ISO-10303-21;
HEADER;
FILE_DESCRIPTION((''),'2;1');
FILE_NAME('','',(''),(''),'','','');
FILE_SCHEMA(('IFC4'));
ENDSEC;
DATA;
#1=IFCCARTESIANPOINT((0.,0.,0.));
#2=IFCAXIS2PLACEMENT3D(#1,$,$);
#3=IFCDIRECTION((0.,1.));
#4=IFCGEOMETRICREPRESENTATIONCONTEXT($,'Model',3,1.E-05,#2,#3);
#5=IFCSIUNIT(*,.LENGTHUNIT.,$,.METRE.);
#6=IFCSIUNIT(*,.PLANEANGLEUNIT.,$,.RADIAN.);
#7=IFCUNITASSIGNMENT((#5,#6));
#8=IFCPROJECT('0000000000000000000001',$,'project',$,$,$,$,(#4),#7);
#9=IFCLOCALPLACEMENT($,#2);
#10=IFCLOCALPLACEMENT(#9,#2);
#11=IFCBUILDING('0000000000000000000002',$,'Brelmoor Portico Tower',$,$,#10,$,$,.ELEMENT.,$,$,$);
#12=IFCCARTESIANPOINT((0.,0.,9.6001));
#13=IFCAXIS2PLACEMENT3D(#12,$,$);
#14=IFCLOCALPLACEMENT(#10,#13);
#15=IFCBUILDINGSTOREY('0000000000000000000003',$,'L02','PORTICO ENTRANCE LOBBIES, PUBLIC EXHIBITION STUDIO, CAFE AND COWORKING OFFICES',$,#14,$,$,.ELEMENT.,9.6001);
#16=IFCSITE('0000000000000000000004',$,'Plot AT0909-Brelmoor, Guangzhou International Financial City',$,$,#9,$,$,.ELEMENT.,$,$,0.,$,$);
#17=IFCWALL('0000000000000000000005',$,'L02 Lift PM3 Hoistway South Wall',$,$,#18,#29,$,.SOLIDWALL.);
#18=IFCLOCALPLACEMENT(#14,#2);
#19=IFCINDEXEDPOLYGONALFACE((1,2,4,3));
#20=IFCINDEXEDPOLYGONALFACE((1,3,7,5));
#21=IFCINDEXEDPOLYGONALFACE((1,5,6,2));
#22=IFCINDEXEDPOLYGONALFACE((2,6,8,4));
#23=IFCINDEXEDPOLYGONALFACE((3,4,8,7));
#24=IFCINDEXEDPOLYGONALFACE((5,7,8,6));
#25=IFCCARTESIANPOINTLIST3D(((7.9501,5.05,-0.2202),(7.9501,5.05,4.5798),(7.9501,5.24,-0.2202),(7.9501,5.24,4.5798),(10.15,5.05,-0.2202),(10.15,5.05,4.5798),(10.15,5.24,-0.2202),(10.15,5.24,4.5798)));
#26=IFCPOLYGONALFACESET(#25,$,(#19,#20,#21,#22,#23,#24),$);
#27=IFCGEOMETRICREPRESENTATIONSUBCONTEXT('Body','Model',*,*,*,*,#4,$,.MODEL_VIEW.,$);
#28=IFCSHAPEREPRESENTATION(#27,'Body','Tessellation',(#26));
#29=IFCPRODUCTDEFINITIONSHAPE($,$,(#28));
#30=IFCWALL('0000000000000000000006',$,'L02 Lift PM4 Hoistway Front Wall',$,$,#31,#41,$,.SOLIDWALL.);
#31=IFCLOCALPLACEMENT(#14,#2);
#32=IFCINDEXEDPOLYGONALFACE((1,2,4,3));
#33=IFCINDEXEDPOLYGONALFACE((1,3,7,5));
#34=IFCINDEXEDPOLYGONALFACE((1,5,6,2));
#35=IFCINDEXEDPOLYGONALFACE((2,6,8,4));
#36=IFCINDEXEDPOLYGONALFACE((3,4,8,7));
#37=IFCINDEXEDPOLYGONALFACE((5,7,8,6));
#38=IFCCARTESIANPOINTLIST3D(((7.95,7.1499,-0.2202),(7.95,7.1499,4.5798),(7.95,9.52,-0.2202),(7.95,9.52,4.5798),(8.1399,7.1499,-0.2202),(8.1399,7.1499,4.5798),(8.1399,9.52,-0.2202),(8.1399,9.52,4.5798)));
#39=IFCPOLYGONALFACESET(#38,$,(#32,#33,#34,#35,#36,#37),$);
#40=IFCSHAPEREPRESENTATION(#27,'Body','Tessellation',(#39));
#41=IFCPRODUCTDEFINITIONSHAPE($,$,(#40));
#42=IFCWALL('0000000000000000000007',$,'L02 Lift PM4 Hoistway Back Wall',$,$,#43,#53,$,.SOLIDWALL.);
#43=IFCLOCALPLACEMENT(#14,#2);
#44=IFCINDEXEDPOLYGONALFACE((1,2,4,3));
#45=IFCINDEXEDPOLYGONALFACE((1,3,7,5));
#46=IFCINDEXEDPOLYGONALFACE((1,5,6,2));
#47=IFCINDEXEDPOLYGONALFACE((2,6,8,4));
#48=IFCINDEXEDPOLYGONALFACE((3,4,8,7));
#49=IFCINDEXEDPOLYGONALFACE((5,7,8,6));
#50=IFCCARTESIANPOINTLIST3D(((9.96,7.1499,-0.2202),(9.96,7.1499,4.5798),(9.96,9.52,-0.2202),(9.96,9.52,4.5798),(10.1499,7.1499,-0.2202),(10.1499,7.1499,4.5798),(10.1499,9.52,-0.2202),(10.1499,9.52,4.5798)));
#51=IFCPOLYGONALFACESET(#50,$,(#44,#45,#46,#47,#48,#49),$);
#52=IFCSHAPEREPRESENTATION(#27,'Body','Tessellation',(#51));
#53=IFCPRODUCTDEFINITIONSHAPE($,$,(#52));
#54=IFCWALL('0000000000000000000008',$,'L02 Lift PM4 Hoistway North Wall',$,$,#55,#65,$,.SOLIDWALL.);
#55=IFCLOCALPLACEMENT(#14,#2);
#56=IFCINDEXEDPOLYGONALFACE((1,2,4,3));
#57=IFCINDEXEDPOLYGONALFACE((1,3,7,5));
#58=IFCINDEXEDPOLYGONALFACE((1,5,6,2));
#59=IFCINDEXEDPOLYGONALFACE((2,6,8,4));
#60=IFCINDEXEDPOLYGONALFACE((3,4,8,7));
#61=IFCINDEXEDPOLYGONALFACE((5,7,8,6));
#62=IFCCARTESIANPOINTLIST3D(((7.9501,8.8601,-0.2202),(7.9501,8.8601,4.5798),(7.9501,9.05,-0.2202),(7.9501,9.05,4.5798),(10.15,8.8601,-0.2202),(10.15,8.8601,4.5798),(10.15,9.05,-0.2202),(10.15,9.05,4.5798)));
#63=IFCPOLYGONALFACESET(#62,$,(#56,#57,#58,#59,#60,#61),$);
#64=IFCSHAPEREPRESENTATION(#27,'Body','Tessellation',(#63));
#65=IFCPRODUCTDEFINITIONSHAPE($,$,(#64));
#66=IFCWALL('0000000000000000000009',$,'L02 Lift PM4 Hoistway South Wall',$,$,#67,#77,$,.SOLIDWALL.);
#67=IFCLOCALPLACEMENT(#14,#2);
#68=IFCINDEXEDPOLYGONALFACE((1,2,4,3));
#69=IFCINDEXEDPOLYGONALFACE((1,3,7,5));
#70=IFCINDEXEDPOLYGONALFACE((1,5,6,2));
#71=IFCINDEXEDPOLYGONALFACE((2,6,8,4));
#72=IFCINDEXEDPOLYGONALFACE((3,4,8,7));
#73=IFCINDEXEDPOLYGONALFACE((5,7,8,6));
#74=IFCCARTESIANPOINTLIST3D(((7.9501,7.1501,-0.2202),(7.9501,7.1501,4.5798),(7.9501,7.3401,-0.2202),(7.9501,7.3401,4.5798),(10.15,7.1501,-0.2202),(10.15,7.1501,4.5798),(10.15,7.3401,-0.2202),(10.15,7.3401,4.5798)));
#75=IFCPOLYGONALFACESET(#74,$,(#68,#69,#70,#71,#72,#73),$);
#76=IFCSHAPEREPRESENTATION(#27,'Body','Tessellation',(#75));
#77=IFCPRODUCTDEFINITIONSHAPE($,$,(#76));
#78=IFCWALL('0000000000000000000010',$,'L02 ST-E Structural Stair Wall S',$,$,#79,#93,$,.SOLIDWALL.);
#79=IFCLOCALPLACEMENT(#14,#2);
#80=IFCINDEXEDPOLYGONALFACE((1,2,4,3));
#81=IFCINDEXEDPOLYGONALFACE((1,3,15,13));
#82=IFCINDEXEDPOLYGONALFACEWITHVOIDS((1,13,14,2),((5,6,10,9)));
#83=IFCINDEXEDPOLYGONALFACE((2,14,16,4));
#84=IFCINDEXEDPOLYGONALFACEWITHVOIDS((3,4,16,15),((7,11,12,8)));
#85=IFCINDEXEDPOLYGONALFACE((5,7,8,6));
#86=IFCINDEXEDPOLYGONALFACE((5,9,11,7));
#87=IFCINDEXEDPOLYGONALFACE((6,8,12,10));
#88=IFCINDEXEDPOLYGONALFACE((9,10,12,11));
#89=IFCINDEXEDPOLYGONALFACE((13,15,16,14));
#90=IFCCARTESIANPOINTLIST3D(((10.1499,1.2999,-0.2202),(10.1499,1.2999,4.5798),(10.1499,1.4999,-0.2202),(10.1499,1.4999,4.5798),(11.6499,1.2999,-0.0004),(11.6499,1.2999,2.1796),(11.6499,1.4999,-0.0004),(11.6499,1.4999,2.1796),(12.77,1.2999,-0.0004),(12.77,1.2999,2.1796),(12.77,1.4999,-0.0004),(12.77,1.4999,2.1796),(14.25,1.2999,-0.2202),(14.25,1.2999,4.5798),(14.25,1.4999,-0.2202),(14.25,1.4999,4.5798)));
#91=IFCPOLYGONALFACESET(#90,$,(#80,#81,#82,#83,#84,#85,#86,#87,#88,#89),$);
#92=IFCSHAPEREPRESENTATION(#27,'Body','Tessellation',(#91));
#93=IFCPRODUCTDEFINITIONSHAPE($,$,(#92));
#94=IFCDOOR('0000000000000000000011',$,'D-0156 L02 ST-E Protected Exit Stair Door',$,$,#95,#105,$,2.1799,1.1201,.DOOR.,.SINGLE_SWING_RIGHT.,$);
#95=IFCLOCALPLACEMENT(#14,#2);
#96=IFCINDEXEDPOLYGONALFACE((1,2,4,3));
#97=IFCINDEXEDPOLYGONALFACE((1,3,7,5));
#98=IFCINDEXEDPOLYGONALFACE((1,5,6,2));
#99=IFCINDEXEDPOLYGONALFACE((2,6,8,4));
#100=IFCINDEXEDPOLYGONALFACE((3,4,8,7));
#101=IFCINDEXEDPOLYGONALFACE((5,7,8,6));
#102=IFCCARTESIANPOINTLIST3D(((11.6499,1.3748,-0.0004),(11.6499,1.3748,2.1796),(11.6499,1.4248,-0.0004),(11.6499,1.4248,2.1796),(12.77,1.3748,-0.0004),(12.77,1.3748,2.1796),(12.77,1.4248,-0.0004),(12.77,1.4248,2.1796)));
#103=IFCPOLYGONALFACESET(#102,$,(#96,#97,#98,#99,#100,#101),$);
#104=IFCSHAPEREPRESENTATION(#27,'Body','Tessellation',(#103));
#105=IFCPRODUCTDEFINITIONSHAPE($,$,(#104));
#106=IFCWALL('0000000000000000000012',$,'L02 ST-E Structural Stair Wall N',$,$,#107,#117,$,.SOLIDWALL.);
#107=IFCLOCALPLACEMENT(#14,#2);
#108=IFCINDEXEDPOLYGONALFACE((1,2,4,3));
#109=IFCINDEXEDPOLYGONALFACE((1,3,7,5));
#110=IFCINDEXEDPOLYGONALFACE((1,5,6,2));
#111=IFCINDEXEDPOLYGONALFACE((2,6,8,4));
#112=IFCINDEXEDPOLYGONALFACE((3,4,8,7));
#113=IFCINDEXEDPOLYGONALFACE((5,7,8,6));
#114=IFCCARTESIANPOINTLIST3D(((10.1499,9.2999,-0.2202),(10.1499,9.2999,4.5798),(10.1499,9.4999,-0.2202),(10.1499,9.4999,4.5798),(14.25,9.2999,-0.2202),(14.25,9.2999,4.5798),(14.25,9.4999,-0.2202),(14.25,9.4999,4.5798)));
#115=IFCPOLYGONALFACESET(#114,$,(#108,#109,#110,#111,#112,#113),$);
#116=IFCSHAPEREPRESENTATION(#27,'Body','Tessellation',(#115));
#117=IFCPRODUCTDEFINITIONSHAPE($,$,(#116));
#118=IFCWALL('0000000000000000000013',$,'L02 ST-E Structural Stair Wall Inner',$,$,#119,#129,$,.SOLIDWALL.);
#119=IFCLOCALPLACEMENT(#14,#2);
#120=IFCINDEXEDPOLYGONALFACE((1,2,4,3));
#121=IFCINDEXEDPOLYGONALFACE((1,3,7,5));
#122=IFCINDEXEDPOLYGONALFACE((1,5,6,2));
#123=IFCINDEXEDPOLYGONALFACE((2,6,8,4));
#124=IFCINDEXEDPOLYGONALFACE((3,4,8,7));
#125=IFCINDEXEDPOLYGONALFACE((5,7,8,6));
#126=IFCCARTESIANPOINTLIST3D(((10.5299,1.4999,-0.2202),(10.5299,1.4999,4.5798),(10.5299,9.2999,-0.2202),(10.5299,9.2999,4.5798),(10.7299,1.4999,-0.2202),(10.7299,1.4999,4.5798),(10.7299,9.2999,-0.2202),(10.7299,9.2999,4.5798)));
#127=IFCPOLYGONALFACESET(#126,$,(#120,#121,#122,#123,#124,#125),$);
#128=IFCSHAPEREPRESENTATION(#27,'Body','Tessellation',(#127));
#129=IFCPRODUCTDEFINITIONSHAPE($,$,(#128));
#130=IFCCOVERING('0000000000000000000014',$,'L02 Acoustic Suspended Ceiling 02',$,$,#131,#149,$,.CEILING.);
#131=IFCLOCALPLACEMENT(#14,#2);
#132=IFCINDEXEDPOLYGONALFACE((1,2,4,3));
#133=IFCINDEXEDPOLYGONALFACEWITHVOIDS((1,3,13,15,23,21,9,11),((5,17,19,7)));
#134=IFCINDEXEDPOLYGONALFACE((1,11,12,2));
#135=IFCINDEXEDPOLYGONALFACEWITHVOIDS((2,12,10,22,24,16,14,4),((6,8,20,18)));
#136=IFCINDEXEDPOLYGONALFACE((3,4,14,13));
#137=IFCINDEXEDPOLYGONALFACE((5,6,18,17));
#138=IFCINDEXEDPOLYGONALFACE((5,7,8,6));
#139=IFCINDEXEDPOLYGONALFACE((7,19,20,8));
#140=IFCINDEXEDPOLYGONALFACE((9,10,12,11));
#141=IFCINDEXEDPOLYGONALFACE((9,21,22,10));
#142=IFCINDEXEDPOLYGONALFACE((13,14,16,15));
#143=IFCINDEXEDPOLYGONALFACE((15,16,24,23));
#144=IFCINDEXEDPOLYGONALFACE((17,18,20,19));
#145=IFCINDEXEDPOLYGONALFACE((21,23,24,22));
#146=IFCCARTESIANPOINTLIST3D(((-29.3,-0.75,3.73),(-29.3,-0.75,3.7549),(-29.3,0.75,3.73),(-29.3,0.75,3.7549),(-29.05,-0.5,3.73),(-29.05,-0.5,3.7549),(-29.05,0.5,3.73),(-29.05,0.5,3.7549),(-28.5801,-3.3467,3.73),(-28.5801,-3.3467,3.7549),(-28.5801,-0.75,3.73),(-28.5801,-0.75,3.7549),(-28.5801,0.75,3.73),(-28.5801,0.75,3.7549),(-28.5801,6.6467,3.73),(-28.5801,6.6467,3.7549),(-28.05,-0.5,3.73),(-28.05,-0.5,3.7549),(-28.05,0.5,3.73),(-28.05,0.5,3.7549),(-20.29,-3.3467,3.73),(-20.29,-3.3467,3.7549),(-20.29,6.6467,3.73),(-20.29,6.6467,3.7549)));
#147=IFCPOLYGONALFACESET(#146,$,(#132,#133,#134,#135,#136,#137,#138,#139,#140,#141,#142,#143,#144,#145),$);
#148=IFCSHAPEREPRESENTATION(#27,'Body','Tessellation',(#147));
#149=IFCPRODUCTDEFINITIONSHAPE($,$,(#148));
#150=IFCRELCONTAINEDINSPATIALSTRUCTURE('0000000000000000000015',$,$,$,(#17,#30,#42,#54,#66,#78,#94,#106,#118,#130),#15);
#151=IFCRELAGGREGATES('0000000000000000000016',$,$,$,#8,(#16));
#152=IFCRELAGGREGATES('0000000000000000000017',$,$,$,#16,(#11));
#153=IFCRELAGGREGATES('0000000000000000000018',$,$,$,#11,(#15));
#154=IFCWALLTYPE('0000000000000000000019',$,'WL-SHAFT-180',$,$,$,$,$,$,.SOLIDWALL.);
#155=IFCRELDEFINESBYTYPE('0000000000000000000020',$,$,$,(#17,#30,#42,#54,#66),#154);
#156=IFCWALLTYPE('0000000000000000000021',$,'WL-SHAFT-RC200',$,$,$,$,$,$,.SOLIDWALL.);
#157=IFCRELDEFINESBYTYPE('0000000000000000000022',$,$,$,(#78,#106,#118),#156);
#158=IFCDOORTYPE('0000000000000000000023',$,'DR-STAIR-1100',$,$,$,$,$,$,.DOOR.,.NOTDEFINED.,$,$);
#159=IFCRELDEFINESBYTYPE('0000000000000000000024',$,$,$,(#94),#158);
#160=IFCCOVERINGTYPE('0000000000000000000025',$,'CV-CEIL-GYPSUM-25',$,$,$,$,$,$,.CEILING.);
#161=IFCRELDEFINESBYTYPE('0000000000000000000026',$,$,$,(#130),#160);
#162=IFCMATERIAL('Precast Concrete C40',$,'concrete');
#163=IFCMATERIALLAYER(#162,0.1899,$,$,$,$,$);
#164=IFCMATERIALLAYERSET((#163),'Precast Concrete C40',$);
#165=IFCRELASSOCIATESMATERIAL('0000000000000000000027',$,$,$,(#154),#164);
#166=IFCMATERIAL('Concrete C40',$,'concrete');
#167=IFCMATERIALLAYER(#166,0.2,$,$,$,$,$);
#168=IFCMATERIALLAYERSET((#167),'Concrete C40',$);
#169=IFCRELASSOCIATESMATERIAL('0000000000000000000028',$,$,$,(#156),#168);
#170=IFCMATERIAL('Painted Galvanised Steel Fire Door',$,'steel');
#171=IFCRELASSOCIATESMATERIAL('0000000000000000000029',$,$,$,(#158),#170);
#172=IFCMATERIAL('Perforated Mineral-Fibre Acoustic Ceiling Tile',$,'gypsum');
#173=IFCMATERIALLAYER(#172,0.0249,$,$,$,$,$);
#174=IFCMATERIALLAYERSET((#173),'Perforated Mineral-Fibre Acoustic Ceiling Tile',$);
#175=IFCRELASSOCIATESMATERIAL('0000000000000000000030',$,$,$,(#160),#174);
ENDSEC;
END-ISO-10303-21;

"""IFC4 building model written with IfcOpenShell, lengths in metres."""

from ifc_helpers import new_model, si_unit, direction, frame, frame_2d, origin, place, context, subcontext, project, spatial, polyline, rectangle, outline, extrude, material, layer, layer_set, type_object, element, fill, save


model = new_model("IFC4")

# Units and contexts
model_context = context("Model", 3, precision=1e-05, world=origin(), true_north=direction((0.0, 1.0)))
body_context = subcontext(model_context, "Body", "Model", "MODEL_VIEW")
ifc_project = project(units=[si_unit("LENGTHUNIT", "METRE"), si_unit("PLANEANGLEUNIT", "RADIAN")], contexts=[model_context])

# Site, building, storey
site_placement = place(None, origin())
site = spatial("IfcSite", under=ifc_project, at=site_placement, Name="Plot AT0909-Brelmoor, Guangzhou International Financial City", CompositionType="ELEMENT", RefElevation=0.0)
building_placement = place(site_placement, origin())
building = spatial("IfcBuilding", under=site, at=building_placement, Name="Brelmoor Portico Tower", CompositionType="ELEMENT")
storey_placement = place(building_placement, frame((0.0, 0.0, 9.6001)))
storey = spatial("IfcBuildingStorey", under=building, at=storey_placement, Name="L02", Description="PORTICO ENTRANCE LOBBIES, PUBLIC EXHIBITION STUDIO, CAFE AND COWORKING OFFICES", CompositionType="ELEMENT", Elevation=9.6001)

# Shared definitions
ifc_material_1 = material(Name="Painted Galvanised Steel Fire Door", Category="steel")

# Walls
ifc_material_2 = material(Name="Precast Concrete C40", Category="concrete")
ifc_layer_1 = layer(ifc_material_2, 0.1899)
ifc_layer_set_1 = layer_set([ifc_layer_1], Name="Precast Concrete C40")
wall_type_1 = type_object("IfcWallType", Name="WL-SHAFT-180", PredefinedType="SOLIDWALL", material=ifc_layer_set_1)
for number, where, z_axis, x_axis, name in (
    (1, (7.95, 5.145, -0.2202), (0.0, 0.0, 1.0), (1.0, 0.0, 0.0), "L02 Lift PM3 Hoistway South Wall"),
):
    element("IfcWall", number, at=place(storey_placement, frame(where, z_axis=z_axis, x_axis=x_axis)), inside=storey, type_object=wall_type_1, Name=name, PredefinedType="SOLIDWALL", context=body_context, shape_type="SweptSolid", body=[
        extrude(rectangle(XDim=2.2, YDim=0.1899, at=frame_2d((1.1001, 0.0))), origin(), (0.0, 0.0, 1.0), 4.8),
    ])
for number, where, z_axis, x_axis, name in (
    (2, (8.0449, 7.1499, -0.2202), (0.0, 0.0, 1.0), (0.0, 1.0, 0.0), "L02 Lift PM4 Hoistway Front Wall"),
    (3, (10.0549, 7.1499, -0.2202), (0.0, 0.0, 1.0), (0.0, 1.0, 0.0), "L02 Lift PM4 Hoistway Back Wall"),
):
    element("IfcWall", number, at=place(storey_placement, frame(where, z_axis=z_axis, x_axis=x_axis)), inside=storey, type_object=wall_type_1, Name=name, PredefinedType="SOLIDWALL", context=body_context, shape_type="SweptSolid", body=[
        extrude(rectangle(XDim=2.3701, YDim=0.1899, at=frame_2d((1.1851, 0.0))), origin(), (0.0, 0.0, 1.0), 4.8),
    ])
for number, where, z_axis, x_axis, name in (
    (4, (7.95, 8.9551, -0.2202), (0.0, 0.0, 1.0), (1.0, 0.0, 0.0), "L02 Lift PM4 Hoistway North Wall"),
    (5, (7.95, 7.2451, -0.2202), (0.0, 0.0, 1.0), (1.0, 0.0, 0.0), "L02 Lift PM4 Hoistway South Wall"),
):
    element("IfcWall", number, at=place(storey_placement, frame(where, z_axis=z_axis, x_axis=x_axis)), inside=storey, type_object=wall_type_1, Name=name, PredefinedType="SOLIDWALL", context=body_context, shape_type="SweptSolid", body=[
        extrude(rectangle(XDim=2.2, YDim=0.1899, at=frame_2d((1.1001, 0.0))), origin(), (0.0, 0.0, 1.0), 4.8),
    ])

# Wall, opening, door
ifc_material_3 = material(Name="Concrete C40", Category="concrete")
ifc_layer_2 = layer(ifc_material_3, 0.2)
ifc_layer_set_2 = layer_set([ifc_layer_2], Name="Concrete C40")
wall_type_2 = type_object("IfcWallType", Name="WL-SHAFT-RC200", PredefinedType="SOLIDWALL", material=ifc_layer_set_2)
wall_1_placement = place(storey_placement, frame((10.1499, 1.3999, -0.2202), z_axis=(0.0, 0.0, 1.0), x_axis=(1.0, 0.0, 0.0)))
wall_1 = element("IfcWall", 6, at=wall_1_placement, inside=storey, type_object=wall_type_2, Name="L02 ST-E Structural Stair Wall S", PredefinedType="SOLIDWALL", context=body_context, shape_type="SweptSolid", body=[
    extrude(rectangle(XDim=4.1001, YDim=0.2, at=frame_2d((2.05, 0.0))), origin(), (0.0, 0.0, 1.0), 4.8),
])
opening_1_placement = place(wall_1_placement, frame((1.5, 0.0, 0.22)))
opening_1 = element("IfcOpeningElement", 7, at=opening_1_placement, cuts=wall_1, PredefinedType="OPENING", context=body_context, shape_type="SweptSolid", body=[
    extrude(rectangle(XDim=1.1201, YDim=2.1799, at=frame_2d((0.5601, 1.0898))), frame((0.0, 0.1099, 0.0), z_axis=(0.0, -1.0, 0.0), x_axis=(1.0, 0.0, 0.0)), (0.0, 0.0, 1.0), 0.22),
])
door_type_1 = type_object("IfcDoorType", Name="DR-STAIR-1100", OperationType="NOTDEFINED", PredefinedType="DOOR", material=ifc_material_1)
door_1_placement = place(opening_1_placement, origin())
door_1 = element("IfcDoor", 8, at=door_1_placement, inside=storey, type_object=door_type_1, Name="D-0156 L02 ST-E Protected Exit Stair Door", OperationType="SINGLE_SWING_RIGHT", OverallHeight=2.1799, OverallWidth=1.1201, PredefinedType="DOOR", context=body_context, shape_type="SweptSolid", body=[
    extrude(rectangle(XDim=1.1201, YDim=2.1799, at=frame_2d((0.5601, 1.0898))), frame((0.0, 0.0249, 0.0), z_axis=(0.0, -1.0, 0.0), x_axis=(1.0, 0.0, 0.0)), (0.0, 0.0, 1.0), 0.05),
])
fill(opening_1, door_1)

# Walls
wall_2_placement = place(storey_placement, frame((10.1499, 9.3999, -0.2202), z_axis=(0.0, 0.0, 1.0), x_axis=(1.0, 0.0, 0.0)))
element("IfcWall", 9, at=wall_2_placement, inside=storey, type_object=wall_type_2, Name="L02 ST-E Structural Stair Wall N", PredefinedType="SOLIDWALL", context=body_context, shape_type="SweptSolid", body=[
    extrude(rectangle(XDim=4.1001, YDim=0.2, at=frame_2d((2.05, 0.0))), origin(), (0.0, 0.0, 1.0), 4.8),
])
wall_3_placement = place(storey_placement, frame((10.6299, 1.5, -0.2202), z_axis=(0.0, 0.0, 1.0), x_axis=(0.0, 1.0, 0.0)))
element("IfcWall", 10, at=wall_3_placement, inside=storey, type_object=wall_type_2, Name="L02 ST-E Structural Stair Wall Inner", PredefinedType="SOLIDWALL", context=body_context, shape_type="SweptSolid", body=[
    extrude(rectangle(XDim=7.8, YDim=0.2, at=frame_2d((3.8999, 0.0))), origin(), (0.0, 0.0, 1.0), 4.8),
])

# Covering
ifc_material_4 = material(Name="Perforated Mineral-Fibre Acoustic Ceiling Tile", Category="gypsum")
ifc_layer_3 = layer(ifc_material_4, 0.0249)
ifc_layer_set_3 = layer_set([ifc_layer_3], Name="Perforated Mineral-Fibre Acoustic Ceiling Tile")
covering_type = type_object("IfcCoveringType", Name="CV-CEIL-GYPSUM-25", PredefinedType="CEILING", material=ifc_layer_set_3)
covering_placement = place(storey_placement, frame((0.0, 0.0, 3.73)))
element("IfcCovering", 11, at=covering_placement, inside=storey, type_object=covering_type, Name="L02 Acoustic Suspended Ceiling 02", PredefinedType="CEILING", context=body_context, shape_type="SweptSolid", body=[
    extrude(outline(polyline([(-29.3, 0.75), (-28.5801, 0.75), (-28.5801, 6.6467), (-20.29, 6.6467), (-20.29, -3.3467), (-28.5801, -3.3467), (-28.5801, -0.75), (-29.3, -0.75), (-29.3, 0.75)]), holes=[polyline([(-28.05, -0.5), (-28.05, 0.5), (-29.05, 0.5), (-29.05, -0.5), (-28.05, -0.5)])]), origin(), (0.0, 0.0, 1.0), 0.0249),
])

save(model, "model.ifc")
